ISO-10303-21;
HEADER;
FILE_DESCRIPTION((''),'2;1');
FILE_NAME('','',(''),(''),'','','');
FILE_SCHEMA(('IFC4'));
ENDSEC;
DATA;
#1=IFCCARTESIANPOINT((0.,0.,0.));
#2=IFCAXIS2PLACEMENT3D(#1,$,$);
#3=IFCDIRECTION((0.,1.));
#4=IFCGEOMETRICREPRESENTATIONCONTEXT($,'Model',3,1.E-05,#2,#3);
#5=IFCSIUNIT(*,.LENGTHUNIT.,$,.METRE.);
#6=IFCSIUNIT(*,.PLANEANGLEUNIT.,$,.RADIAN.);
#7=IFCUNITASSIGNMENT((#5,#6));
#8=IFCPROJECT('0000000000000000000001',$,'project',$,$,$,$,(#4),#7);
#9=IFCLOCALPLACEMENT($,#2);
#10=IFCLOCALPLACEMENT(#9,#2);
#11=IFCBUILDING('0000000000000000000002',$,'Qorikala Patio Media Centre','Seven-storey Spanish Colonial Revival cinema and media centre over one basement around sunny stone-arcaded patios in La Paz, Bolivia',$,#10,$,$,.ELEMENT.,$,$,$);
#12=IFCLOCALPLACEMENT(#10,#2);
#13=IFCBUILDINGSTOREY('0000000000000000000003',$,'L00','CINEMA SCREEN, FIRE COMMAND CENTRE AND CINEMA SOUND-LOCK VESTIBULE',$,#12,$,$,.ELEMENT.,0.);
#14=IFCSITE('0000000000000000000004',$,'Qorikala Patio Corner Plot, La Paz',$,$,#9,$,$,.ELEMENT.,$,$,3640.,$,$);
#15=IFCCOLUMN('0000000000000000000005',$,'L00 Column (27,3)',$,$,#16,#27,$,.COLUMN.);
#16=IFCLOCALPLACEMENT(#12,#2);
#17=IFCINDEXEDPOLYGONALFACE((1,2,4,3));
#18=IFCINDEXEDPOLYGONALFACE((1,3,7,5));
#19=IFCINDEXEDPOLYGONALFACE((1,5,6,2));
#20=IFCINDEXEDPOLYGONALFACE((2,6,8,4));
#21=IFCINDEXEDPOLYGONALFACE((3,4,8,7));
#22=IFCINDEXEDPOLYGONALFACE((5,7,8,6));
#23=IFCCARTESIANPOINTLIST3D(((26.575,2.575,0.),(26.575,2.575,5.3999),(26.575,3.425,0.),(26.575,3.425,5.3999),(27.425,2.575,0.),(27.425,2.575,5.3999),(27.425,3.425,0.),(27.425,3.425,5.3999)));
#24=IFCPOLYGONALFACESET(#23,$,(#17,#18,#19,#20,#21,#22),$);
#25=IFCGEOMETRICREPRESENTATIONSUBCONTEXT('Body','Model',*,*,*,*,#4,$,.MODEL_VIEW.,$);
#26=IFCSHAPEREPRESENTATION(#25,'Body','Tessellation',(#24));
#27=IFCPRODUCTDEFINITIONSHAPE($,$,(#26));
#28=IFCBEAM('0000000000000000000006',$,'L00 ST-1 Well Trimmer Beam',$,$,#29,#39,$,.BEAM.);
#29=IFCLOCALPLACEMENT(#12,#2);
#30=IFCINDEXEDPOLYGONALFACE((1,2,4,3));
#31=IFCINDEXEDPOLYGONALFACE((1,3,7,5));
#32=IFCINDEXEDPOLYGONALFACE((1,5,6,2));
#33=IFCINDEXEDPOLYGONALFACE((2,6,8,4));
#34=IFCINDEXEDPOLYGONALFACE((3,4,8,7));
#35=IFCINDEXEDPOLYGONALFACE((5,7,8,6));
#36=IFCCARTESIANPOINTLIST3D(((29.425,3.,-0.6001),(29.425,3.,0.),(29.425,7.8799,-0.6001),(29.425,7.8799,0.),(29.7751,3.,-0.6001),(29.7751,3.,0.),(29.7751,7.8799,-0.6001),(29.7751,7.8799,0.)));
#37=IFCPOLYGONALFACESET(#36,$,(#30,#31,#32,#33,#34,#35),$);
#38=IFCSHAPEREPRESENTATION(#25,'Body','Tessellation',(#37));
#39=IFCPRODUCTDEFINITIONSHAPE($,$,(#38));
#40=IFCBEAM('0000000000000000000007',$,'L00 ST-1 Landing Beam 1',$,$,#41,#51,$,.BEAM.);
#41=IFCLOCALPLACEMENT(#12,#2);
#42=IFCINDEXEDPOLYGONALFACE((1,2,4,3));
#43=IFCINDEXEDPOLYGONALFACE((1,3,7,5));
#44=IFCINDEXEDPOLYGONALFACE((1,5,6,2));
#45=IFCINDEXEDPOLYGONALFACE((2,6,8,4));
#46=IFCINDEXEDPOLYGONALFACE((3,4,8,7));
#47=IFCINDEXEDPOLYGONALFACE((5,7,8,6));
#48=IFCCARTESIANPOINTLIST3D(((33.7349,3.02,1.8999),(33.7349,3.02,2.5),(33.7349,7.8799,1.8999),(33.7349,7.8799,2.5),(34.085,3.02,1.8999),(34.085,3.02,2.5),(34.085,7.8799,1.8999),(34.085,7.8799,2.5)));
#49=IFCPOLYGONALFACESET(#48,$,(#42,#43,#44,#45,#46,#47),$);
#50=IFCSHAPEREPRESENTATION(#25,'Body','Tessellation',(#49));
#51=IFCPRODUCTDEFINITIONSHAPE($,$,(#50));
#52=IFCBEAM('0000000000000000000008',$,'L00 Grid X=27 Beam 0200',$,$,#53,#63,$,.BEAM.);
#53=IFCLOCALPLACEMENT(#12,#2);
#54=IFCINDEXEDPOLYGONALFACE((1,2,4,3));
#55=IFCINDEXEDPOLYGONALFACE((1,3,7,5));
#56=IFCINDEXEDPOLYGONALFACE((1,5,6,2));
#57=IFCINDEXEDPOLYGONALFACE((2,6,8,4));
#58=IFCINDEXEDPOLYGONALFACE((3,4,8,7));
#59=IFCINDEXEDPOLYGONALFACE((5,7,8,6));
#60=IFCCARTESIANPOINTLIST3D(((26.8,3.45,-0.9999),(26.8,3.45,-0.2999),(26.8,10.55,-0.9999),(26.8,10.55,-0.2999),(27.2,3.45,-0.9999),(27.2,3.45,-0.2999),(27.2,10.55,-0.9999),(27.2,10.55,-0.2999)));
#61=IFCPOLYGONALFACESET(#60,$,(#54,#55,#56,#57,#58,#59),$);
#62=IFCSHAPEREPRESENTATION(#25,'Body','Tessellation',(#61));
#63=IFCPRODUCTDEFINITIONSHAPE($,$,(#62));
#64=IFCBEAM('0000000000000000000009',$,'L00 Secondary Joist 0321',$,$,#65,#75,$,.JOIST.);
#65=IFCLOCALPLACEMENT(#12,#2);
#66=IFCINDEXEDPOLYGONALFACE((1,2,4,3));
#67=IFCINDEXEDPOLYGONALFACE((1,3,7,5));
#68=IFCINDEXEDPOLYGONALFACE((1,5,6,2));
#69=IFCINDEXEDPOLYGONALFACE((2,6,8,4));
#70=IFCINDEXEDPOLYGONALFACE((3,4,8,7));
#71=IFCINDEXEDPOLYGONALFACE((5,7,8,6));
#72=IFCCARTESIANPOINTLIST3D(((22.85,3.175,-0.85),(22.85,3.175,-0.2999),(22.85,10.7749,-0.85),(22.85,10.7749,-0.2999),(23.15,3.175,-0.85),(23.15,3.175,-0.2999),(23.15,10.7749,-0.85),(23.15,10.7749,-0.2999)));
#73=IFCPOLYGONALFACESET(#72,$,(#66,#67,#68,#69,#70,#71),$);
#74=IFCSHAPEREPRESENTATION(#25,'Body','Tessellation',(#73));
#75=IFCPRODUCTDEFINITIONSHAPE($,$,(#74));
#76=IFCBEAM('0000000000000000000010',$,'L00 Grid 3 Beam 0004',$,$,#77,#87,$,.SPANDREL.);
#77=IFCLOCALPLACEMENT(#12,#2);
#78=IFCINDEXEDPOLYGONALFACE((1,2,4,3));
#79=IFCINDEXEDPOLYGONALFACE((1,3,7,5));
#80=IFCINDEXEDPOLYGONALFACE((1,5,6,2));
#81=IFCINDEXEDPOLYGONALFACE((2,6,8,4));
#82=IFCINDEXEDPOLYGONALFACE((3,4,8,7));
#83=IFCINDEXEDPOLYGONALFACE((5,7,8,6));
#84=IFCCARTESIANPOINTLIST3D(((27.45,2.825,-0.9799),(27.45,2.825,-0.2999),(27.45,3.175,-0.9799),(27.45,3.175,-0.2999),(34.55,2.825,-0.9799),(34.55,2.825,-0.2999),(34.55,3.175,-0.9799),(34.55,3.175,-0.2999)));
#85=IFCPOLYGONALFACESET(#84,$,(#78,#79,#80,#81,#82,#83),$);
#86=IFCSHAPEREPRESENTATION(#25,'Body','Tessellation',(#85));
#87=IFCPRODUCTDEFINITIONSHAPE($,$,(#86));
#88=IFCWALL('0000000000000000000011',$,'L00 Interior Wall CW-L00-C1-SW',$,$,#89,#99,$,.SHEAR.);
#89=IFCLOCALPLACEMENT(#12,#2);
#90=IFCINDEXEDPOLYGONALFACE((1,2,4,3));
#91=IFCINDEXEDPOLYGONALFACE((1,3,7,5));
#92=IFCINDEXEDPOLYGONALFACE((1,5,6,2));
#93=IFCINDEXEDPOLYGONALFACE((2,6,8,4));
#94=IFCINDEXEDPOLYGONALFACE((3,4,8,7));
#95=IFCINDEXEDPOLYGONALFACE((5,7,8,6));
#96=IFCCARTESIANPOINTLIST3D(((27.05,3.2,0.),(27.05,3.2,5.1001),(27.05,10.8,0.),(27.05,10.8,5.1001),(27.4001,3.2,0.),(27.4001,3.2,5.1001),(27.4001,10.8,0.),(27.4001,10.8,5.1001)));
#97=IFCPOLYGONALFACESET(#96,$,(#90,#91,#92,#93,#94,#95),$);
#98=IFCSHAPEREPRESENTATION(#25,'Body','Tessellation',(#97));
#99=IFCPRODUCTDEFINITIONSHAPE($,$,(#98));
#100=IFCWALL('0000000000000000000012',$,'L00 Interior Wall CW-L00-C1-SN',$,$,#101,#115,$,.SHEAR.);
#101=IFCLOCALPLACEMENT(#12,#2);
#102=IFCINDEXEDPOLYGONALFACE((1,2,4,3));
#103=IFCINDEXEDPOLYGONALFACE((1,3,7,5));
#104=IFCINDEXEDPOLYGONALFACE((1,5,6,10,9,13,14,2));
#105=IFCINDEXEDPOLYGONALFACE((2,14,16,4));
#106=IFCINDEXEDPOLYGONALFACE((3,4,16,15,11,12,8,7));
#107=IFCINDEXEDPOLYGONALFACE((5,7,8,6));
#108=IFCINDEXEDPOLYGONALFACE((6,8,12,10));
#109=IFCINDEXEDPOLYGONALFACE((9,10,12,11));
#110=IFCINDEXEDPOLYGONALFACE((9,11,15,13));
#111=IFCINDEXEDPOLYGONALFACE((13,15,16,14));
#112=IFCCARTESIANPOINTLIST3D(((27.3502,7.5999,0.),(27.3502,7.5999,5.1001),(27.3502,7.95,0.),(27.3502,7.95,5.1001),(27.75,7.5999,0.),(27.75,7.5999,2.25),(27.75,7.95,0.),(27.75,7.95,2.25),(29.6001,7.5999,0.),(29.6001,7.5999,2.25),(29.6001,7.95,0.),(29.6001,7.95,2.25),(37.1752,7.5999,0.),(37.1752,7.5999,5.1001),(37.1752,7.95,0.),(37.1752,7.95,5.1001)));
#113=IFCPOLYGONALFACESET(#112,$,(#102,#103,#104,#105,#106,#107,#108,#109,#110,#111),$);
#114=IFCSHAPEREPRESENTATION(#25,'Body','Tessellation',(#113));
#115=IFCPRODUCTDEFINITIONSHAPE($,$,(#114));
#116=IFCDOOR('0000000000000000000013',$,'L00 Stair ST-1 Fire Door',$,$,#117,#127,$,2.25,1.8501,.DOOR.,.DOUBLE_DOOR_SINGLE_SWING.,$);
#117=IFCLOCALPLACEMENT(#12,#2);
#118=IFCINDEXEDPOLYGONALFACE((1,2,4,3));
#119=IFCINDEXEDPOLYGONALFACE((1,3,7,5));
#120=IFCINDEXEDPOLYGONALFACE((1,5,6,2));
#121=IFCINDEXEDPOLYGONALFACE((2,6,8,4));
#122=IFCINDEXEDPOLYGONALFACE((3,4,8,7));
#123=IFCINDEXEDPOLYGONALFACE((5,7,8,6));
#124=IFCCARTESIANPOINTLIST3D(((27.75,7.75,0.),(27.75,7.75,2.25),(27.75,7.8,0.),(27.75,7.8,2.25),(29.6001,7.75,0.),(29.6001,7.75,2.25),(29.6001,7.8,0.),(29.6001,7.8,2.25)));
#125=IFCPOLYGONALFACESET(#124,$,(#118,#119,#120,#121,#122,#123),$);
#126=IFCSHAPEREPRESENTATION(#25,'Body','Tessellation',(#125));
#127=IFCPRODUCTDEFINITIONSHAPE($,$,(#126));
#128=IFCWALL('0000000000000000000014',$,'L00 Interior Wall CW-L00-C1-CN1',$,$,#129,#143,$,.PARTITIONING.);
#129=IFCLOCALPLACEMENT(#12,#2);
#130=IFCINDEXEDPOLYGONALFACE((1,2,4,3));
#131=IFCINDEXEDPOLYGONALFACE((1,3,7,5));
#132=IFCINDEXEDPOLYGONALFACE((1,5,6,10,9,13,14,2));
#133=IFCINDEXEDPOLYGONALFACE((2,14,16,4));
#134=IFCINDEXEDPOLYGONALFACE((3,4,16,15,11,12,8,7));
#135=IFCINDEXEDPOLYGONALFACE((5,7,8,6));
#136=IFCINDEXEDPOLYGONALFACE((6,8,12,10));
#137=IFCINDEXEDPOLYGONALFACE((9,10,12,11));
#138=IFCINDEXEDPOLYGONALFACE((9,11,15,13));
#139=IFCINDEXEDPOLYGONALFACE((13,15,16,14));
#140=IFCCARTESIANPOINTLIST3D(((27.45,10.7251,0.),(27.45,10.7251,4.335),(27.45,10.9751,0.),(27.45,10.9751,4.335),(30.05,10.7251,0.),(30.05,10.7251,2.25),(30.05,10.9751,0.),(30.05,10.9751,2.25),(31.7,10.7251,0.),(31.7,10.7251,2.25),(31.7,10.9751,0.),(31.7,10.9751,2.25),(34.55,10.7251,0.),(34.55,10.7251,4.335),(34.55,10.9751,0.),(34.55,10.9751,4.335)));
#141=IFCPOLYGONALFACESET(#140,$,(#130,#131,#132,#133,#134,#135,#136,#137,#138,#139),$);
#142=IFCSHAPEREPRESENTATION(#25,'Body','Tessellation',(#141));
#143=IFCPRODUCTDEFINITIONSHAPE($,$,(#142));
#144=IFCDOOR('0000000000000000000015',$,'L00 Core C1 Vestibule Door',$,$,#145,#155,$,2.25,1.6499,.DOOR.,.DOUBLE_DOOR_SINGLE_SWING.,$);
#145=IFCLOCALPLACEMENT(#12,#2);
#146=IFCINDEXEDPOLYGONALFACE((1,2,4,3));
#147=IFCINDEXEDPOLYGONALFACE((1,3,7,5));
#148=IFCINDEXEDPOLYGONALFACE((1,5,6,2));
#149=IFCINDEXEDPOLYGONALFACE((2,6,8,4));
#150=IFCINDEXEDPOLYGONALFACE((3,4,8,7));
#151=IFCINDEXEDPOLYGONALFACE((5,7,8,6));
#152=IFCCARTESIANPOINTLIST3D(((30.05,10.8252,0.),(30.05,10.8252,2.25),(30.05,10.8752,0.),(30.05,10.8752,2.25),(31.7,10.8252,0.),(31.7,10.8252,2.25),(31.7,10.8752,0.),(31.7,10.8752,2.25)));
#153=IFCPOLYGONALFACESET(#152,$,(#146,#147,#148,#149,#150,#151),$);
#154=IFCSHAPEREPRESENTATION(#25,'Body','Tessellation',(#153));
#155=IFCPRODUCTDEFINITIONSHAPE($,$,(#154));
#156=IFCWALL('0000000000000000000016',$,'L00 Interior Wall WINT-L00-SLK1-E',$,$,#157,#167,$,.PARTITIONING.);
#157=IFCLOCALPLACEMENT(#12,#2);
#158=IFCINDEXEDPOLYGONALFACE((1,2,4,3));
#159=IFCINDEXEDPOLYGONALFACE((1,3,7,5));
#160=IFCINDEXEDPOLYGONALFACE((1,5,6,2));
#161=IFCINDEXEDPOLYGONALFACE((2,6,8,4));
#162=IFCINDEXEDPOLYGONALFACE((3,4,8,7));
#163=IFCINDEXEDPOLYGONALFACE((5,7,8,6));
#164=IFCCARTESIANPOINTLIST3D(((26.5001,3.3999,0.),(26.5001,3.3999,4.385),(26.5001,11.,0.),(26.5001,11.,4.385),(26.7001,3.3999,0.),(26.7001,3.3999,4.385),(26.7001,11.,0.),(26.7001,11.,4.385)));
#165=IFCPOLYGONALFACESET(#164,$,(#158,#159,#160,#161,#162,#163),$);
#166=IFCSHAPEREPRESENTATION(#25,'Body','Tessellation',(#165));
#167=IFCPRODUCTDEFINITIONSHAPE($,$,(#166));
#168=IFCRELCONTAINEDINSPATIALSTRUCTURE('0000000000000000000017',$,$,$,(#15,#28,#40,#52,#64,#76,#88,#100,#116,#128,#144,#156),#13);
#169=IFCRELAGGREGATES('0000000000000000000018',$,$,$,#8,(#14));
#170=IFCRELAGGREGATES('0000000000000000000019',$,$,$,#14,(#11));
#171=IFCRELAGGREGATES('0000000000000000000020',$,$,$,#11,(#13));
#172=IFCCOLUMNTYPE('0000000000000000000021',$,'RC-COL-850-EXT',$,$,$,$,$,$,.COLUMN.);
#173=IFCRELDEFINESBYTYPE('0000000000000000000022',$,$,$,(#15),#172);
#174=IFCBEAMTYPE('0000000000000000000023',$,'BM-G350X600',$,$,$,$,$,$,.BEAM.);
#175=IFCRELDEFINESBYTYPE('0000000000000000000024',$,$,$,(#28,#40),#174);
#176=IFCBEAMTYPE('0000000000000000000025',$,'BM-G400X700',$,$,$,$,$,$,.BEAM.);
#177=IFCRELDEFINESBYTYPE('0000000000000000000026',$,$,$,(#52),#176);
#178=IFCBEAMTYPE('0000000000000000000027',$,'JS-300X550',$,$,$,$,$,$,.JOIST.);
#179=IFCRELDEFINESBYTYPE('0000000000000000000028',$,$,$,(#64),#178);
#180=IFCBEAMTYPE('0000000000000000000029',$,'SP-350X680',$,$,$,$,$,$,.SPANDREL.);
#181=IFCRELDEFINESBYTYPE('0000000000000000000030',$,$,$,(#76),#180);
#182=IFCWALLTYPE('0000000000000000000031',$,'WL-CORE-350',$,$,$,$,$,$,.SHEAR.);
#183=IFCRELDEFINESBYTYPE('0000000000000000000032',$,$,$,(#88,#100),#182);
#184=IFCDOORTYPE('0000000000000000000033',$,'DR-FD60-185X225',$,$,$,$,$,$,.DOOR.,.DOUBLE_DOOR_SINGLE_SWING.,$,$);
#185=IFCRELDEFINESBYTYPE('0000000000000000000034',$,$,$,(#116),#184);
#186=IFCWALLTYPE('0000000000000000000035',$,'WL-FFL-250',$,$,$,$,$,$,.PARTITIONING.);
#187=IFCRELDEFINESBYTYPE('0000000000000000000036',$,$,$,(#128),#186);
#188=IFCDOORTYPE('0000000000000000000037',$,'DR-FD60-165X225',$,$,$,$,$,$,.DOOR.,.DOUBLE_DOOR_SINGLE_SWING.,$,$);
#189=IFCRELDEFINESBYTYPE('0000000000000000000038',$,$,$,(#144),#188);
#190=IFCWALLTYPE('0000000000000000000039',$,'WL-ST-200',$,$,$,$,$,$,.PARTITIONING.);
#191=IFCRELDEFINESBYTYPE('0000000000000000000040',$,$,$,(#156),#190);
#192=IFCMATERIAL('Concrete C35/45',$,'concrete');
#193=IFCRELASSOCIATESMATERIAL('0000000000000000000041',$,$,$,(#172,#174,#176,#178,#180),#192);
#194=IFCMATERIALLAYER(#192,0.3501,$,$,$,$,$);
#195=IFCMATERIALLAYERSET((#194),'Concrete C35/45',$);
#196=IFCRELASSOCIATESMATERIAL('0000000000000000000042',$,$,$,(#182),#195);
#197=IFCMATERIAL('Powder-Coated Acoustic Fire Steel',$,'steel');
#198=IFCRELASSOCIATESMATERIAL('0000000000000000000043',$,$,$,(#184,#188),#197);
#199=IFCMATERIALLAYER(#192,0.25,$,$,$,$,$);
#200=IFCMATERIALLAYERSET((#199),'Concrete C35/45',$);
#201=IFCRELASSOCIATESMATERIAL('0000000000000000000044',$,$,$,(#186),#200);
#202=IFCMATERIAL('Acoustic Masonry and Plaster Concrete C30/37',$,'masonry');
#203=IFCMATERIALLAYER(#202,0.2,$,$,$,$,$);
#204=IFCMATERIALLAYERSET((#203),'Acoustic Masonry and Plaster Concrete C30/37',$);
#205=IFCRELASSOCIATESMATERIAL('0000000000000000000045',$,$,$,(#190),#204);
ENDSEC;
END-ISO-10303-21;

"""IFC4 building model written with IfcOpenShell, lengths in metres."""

from ifc_helpers import new_model, si_unit, direction, frame, frame_2d, origin, origin_2d, place, context, subcontext, project, spatial, rectangle, extrude, material, layer, layer_set, material_profile, profile_set, type_object, element, fill, save


model = new_model("IFC4")

# Units and contexts
model_context = context("Model", 3, precision=1e-05, world=origin(), true_north=direction((0.0, 1.0)))
body_context = subcontext(model_context, "Body", "Model", "MODEL_VIEW")
ifc_project = project(units=[si_unit("LENGTHUNIT", "METRE"), si_unit("PLANEANGLEUNIT", "RADIAN")], contexts=[model_context])

# Site, building, storey
site_placement = place(None, origin())
site = spatial("IfcSite", under=ifc_project, at=site_placement, Name="Qorikala Patio Corner Plot, La Paz", CompositionType="ELEMENT", RefElevation=3640.0)
building_placement = place(site_placement, origin())
building = spatial("IfcBuilding", under=site, at=building_placement, Name="Qorikala Patio Media Centre", Description="Seven-storey Spanish Colonial Revival cinema and media centre over one basement around sunny stone-arcaded patios in La Paz, Bolivia", CompositionType="ELEMENT")
storey_placement = place(building_placement, origin())
storey = spatial("IfcBuildingStorey", under=building, at=storey_placement, Name="L00", Description="CINEMA SCREEN, FIRE COMMAND CENTRE AND CINEMA SOUND-LOCK VESTIBULE", CompositionType="ELEMENT", Elevation=0.0)

# Column
ifc_material_1 = material(Name="Concrete C35/45", Category="concrete")
ifc_material_profile_1 = material_profile(ifc_material_1, rectangle(XDim=0.8501, YDim=0.8501, at=origin_2d()), Name="RC 850x850")
ifc_profile_set_1 = profile_set([ifc_material_profile_1], Name="Concrete C35/45")
column_type = type_object("IfcColumnType", Name="RC-COL-850-EXT", PredefinedType="COLUMN", material=ifc_profile_set_1)
column_placement = place(storey_placement, frame((27.0, 3.0, 0.0), z_axis=(0.0, 0.0, 1.0), x_axis=(1.0, 0.0, 0.0)))
element("IfcColumn", 1, at=column_placement, inside=storey, type_object=column_type, Name="L00 Column (27,3)", PredefinedType="COLUMN", context=body_context, shape_type="SweptSolid", body=[
    extrude(rectangle(XDim=0.8501, YDim=0.8501, at=origin_2d()), origin(), (0.0, 0.0, 1.0), 5.3999),
])

# Beams
ifc_material_profile_2 = material_profile(ifc_material_1, rectangle(XDim=0.3501, YDim=0.6001, at=origin_2d()), Name="RC 350x600")
ifc_profile_set_2 = profile_set([ifc_material_profile_2], Name="Concrete C35/45")
beam_type_1 = type_object("IfcBeamType", Name="BM-G350X600", PredefinedType="BEAM", material=ifc_profile_set_2)
beam_1_placement = place(storey_placement, frame((29.6001, 3.0, -0.3), z_axis=(0.0, 1.0, 0.0), x_axis=(-1.0, 0.0, 0.0)))
element("IfcBeam", 2, at=beam_1_placement, inside=storey, type_object=beam_type_1, Name="L00 ST-1 Well Trimmer Beam", PredefinedType="BEAM", context=body_context, shape_type="SweptSolid", body=[
    extrude(rectangle(XDim=0.3501, YDim=0.6001, at=origin_2d()), origin(), (0.0, 0.0, 1.0), 4.8799),
])
beam_2_placement = place(storey_placement, frame((33.9099, 3.02, 2.2), z_axis=(0.0, 1.0, 0.0), x_axis=(-1.0, 0.0, 0.0)))
element("IfcBeam", 3, at=beam_2_placement, inside=storey, type_object=beam_type_1, Name="L00 ST-1 Landing Beam 1", PredefinedType="BEAM", context=body_context, shape_type="SweptSolid", body=[
    extrude(rectangle(XDim=0.3501, YDim=0.6001, at=origin_2d()), origin(), (0.0, 0.0, 1.0), 4.8599),
])
ifc_material_profile_3 = material_profile(ifc_material_1, rectangle(XDim=0.3999, YDim=0.7, at=origin_2d()), Name="RC 400x700")
ifc_profile_set_3 = profile_set([ifc_material_profile_3], Name="Concrete C35/45")
beam_type_2 = type_object("IfcBeamType", Name="BM-G400X700", PredefinedType="BEAM", material=ifc_profile_set_3)
beam_3_placement = place(storey_placement, frame((27.0, 3.45, -0.6499), z_axis=(0.0, 1.0, 0.0), x_axis=(-1.0, 0.0, 0.0)))
element("IfcBeam", 4, at=beam_3_placement, inside=storey, type_object=beam_type_2, Name="L00 Grid X=27 Beam 0200", PredefinedType="BEAM", context=body_context, shape_type="SweptSolid", body=[
    extrude(rectangle(XDim=0.3999, YDim=0.7, at=origin_2d()), origin(), (0.0, 0.0, 1.0), 7.1001),
])
ifc_material_profile_4 = material_profile(ifc_material_1, rectangle(XDim=0.3, YDim=0.55, at=origin_2d()), Name="RC 300x550")
ifc_profile_set_4 = profile_set([ifc_material_profile_4], Name="Concrete C35/45")
beam_type_3 = type_object("IfcBeamType", Name="JS-300X550", PredefinedType="JOIST", material=ifc_profile_set_4)
beam_4_placement = place(storey_placement, frame((23.0, 3.175, -0.575), z_axis=(0.0, 1.0, 0.0), x_axis=(-1.0, 0.0, 0.0)))
element("IfcBeam", 5, at=beam_4_placement, inside=storey, type_object=beam_type_3, Name="L00 Secondary Joist 0321", PredefinedType="JOIST", context=body_context, shape_type="SweptSolid", body=[
    extrude(rectangle(XDim=0.3, YDim=0.55, at=origin_2d()), origin(), (0.0, 0.0, 1.0), 7.5999),
])
ifc_material_profile_5 = material_profile(ifc_material_1, rectangle(XDim=0.3501, YDim=0.6799, at=origin_2d()), Name="RC 350x680")
ifc_profile_set_5 = profile_set([ifc_material_profile_5], Name="Concrete C35/45")
beam_type_4 = type_object("IfcBeamType", Name="SP-350X680", PredefinedType="SPANDREL", material=ifc_profile_set_5)
beam_5_placement = place(storey_placement, frame((27.45, 3.0, -0.6399), z_axis=(1.0, 0.0, 0.0), x_axis=(0.0, 1.0, 0.0)))
element("IfcBeam", 6, at=beam_5_placement, inside=storey, type_object=beam_type_4, Name="L00 Grid 3 Beam 0004", PredefinedType="SPANDREL", context=body_context, shape_type="SweptSolid", body=[
    extrude(rectangle(XDim=0.3501, YDim=0.6799, at=origin_2d()), origin(), (0.0, 0.0, 1.0), 7.1001),
])

# Wall
ifc_layer_1 = layer(ifc_material_1, 0.3501)
ifc_layer_set_1 = layer_set([ifc_layer_1], Name="Concrete C35/45")
wall_type_1 = type_object("IfcWallType", Name="WL-CORE-350", PredefinedType="SHEAR", material=ifc_layer_set_1)
wall_1_placement = place(storey_placement, frame((27.2251, 3.2, 0.0), z_axis=(0.0, 0.0, 1.0), x_axis=(0.0, 1.0, 0.0)))
element("IfcWall", 7, at=wall_1_placement, inside=storey, type_object=wall_type_1, Name="L00 Interior Wall CW-L00-C1-SW", PredefinedType="SHEAR", context=body_context, shape_type="SweptSolid", body=[
    extrude(rectangle(XDim=7.6001, YDim=0.3501, at=frame_2d((3.8, 0.0))), origin(), (0.0, 0.0, 1.0), 5.1001),
])

# Walls, openings, doors
wall_2_placement = place(storey_placement, frame((27.3501, 7.7749, 0.0), z_axis=(0.0, 0.0, 1.0), x_axis=(1.0, 0.0, 0.0)))
wall_2 = element("IfcWall", 8, at=wall_2_placement, inside=storey, type_object=wall_type_1, Name="L00 Interior Wall CW-L00-C1-SN", PredefinedType="SHEAR", context=body_context, shape_type="SweptSolid", body=[
    extrude(rectangle(XDim=9.825, YDim=0.3501, at=frame_2d((4.9126, 0.0))), origin(), (0.0, 0.0, 1.0), 5.1001),
])
opening_1_placement = place(wall_2_placement, frame((0.3999, 0.0, 0.0)))
opening_1 = element("IfcOpeningElement", 9, at=opening_1_placement, cuts=wall_2, PredefinedType="OPENING", context=body_context, shape_type="SweptSolid", body=[
    extrude(rectangle(XDim=1.8501, YDim=2.25, at=frame_2d((0.925, 1.125))), frame((0.0, 0.1851, 0.0), z_axis=(0.0, -1.0, 0.0), x_axis=(1.0, 0.0, 0.0)), (0.0, 0.0, 1.0), 0.3701),
])
ifc_material_2 = material(Name="Powder-Coated Acoustic Fire Steel", Category="steel")
door_type_1 = type_object("IfcDoorType", Name="DR-FD60-185X225", OperationType="DOUBLE_DOOR_SINGLE_SWING", PredefinedType="DOOR", material=ifc_material_2)
door_1_placement = place(opening_1_placement, frame((1.8501, 0.0, 0.0), z_axis=(0.0, 0.0, 1.0), x_axis=(-1.0, 0.0, 0.0)))
door_1 = element("IfcDoor", 10, at=door_1_placement, inside=storey, type_object=door_type_1, Name="L00 Stair ST-1 Fire Door", OperationType="DOUBLE_DOOR_SINGLE_SWING", OverallHeight=2.25, OverallWidth=1.8501, PredefinedType="DOOR", context=body_context, shape_type="SweptSolid", body=[
    extrude(rectangle(XDim=1.8501, YDim=2.25, at=frame_2d((0.925, 1.125))), frame((0.0, 0.0249, 0.0), z_axis=(0.0, -1.0, 0.0), x_axis=(1.0, 0.0, 0.0)), (0.0, 0.0, 1.0), 0.05),
])
fill(opening_1, door_1)
ifc_layer_2 = layer(ifc_material_1, 0.25)
ifc_layer_set_2 = layer_set([ifc_layer_2], Name="Concrete C35/45")
wall_type_2 = type_object("IfcWallType", Name="WL-FFL-250", PredefinedType="PARTITIONING", material=ifc_layer_set_2)
wall_3_placement = place(storey_placement, frame((27.45, 10.8501, 0.0), z_axis=(0.0, 0.0, 1.0), x_axis=(1.0, 0.0, 0.0)))
wall_3 = element("IfcWall", 11, at=wall_3_placement, inside=storey, type_object=wall_type_2, Name="L00 Interior Wall CW-L00-C1-CN1", PredefinedType="PARTITIONING", context=body_context, shape_type="SweptSolid", body=[
    extrude(rectangle(XDim=7.1001, YDim=0.25, at=frame_2d((3.55, 0.0))), origin(), (0.0, 0.0, 1.0), 4.335),
])
opening_2_placement = place(wall_3_placement, frame((2.6001, 0.0, 0.0)))
opening_2 = element("IfcOpeningElement", 12, at=opening_2_placement, cuts=wall_3, PredefinedType="OPENING", context=body_context, shape_type="SweptSolid", body=[
    extrude(rectangle(XDim=1.6499, YDim=2.25, at=frame_2d((0.825, 1.125))), frame((0.0, 0.135, 0.0), z_axis=(0.0, -1.0, 0.0), x_axis=(1.0, 0.0, 0.0)), (0.0, 0.0, 1.0), 0.27),
])
door_type_2 = type_object("IfcDoorType", Name="DR-FD60-165X225", OperationType="DOUBLE_DOOR_SINGLE_SWING", PredefinedType="DOOR", material=ifc_material_2)
door_2_placement = place(opening_2_placement, frame((1.6499, 0.0, 0.0), z_axis=(0.0, 0.0, 1.0), x_axis=(-1.0, 0.0, 0.0)))
door_2 = element("IfcDoor", 13, at=door_2_placement, inside=storey, type_object=door_type_2, Name="L00 Core C1 Vestibule Door", OperationType="DOUBLE_DOOR_SINGLE_SWING", OverallHeight=2.25, OverallWidth=1.6499, PredefinedType="DOOR", context=body_context, shape_type="SweptSolid", body=[
    extrude(rectangle(XDim=1.6499, YDim=2.25, at=frame_2d((0.825, 1.125))), frame((0.0, 0.0249, 0.0), z_axis=(0.0, -1.0, 0.0), x_axis=(1.0, 0.0, 0.0)), (0.0, 0.0, 1.0), 0.05),
])
fill(opening_2, door_2)

# Wall
ifc_material_3 = material(Name="Acoustic Masonry and Plaster Concrete C30/37", Category="masonry")
ifc_layer_3 = layer(ifc_material_3, 0.2)
ifc_layer_set_3 = layer_set([ifc_layer_3], Name="Acoustic Masonry and Plaster Concrete C30/37")
wall_type_3 = type_object("IfcWallType", Name="WL-ST-200", PredefinedType="PARTITIONING", material=ifc_layer_set_3)
wall_4_placement = place(storey_placement, frame((26.6001, 3.3999, 0.0), z_axis=(0.0, 0.0, 1.0), x_axis=(0.0, 1.0, 0.0)))
element("IfcWall", 14, at=wall_4_placement, inside=storey, type_object=wall_type_3, Name="L00 Interior Wall WINT-L00-SLK1-E", PredefinedType="PARTITIONING", context=body_context, shape_type="SweptSolid", body=[
    extrude(rectangle(XDim=7.6001, YDim=0.2, at=frame_2d((3.8, 0.0))), origin(), (0.0, 0.0, 1.0), 4.385),
])

save(model, "model.ifc")
